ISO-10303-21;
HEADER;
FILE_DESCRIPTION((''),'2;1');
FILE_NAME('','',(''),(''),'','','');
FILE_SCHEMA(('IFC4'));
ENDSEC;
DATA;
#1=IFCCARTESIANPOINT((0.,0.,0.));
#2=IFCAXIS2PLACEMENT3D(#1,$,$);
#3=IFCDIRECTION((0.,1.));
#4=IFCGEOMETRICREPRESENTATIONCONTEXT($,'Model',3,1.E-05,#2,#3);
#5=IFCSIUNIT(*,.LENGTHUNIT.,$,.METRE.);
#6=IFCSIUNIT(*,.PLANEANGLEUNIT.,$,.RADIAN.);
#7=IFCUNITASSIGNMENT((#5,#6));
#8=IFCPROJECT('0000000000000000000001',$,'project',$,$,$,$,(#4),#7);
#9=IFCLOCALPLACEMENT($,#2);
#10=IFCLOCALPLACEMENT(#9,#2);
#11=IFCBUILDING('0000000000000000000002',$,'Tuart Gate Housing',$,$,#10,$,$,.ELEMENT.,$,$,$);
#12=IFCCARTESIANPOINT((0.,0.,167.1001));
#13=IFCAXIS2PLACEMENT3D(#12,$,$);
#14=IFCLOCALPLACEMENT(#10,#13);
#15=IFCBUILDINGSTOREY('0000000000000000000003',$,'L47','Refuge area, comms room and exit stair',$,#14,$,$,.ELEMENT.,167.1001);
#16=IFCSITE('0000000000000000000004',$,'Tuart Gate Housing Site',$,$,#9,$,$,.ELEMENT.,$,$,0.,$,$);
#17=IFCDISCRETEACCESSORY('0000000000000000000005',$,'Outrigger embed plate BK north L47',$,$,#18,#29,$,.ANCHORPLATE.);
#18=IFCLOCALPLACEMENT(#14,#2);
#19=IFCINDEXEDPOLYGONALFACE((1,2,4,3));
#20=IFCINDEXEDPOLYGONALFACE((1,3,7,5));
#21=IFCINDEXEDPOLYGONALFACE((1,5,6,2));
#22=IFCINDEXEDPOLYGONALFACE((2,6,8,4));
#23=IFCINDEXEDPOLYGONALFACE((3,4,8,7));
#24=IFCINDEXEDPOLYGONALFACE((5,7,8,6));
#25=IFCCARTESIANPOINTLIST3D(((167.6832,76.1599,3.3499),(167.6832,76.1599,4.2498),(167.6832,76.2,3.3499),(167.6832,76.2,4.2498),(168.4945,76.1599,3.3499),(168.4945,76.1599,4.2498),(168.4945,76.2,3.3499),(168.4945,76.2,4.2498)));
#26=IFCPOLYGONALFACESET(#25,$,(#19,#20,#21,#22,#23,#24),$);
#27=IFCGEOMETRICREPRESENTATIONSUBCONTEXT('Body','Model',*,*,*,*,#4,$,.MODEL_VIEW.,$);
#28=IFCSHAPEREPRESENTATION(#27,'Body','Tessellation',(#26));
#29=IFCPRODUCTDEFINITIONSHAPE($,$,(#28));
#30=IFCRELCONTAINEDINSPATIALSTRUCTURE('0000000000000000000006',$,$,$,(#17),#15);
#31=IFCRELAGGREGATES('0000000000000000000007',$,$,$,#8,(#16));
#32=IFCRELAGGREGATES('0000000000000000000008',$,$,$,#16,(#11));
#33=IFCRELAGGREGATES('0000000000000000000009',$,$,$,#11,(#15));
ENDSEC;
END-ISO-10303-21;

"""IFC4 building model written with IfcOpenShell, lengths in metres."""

from ifc_helpers import new_model, si_unit, direction, frame, origin, origin_2d, place, context, subcontext, project, spatial, rectangle, extrude, element, save


model = new_model("IFC4")

# Units and contexts
model_context = context("Model", 3, precision=1e-05, world=origin(), true_north=direction((0.0, 1.0)))
body_context = subcontext(model_context, "Body", "Model", "MODEL_VIEW")
ifc_project = project(units=[si_unit("LENGTHUNIT", "METRE"), si_unit("PLANEANGLEUNIT", "RADIAN")], contexts=[model_context])

# Site, building, storey
site_placement = place(None, origin())
site = spatial("IfcSite", under=ifc_project, at=site_placement, Name="Tuart Gate Housing Site", CompositionType="ELEMENT", RefElevation=0.0)
building_placement = place(site_placement, origin())
building = spatial("IfcBuilding", under=site, at=building_placement, Name="Tuart Gate Housing", CompositionType="ELEMENT")
storey_placement = place(building_placement, frame((0.0, 0.0, 167.1001)))
storey = spatial("IfcBuildingStorey", under=building, at=storey_placement, Name="L47", Description="Refuge area, comms room and exit stair", CompositionType="ELEMENT", Elevation=167.1001)

# Discrete accessory
discrete_accessory_placement = place(storey_placement, frame((168.0889, 76.1799, 3.3499), z_axis=(0.0, 0.0, 1.0), x_axis=(1.0, 0.0, 0.0)))
element("IfcDiscreteAccessory", 1, at=discrete_accessory_placement, inside=storey, Name="Outrigger embed plate BK north L47", PredefinedType="ANCHORPLATE", context=body_context, shape_type="SweptSolid", body=[
    extrude(rectangle(XDim=0.8113, YDim=0.04, at=origin_2d()), origin(), (0.0, 0.0, 1.0), 0.8999),
])

save(model, "model.ifc")
